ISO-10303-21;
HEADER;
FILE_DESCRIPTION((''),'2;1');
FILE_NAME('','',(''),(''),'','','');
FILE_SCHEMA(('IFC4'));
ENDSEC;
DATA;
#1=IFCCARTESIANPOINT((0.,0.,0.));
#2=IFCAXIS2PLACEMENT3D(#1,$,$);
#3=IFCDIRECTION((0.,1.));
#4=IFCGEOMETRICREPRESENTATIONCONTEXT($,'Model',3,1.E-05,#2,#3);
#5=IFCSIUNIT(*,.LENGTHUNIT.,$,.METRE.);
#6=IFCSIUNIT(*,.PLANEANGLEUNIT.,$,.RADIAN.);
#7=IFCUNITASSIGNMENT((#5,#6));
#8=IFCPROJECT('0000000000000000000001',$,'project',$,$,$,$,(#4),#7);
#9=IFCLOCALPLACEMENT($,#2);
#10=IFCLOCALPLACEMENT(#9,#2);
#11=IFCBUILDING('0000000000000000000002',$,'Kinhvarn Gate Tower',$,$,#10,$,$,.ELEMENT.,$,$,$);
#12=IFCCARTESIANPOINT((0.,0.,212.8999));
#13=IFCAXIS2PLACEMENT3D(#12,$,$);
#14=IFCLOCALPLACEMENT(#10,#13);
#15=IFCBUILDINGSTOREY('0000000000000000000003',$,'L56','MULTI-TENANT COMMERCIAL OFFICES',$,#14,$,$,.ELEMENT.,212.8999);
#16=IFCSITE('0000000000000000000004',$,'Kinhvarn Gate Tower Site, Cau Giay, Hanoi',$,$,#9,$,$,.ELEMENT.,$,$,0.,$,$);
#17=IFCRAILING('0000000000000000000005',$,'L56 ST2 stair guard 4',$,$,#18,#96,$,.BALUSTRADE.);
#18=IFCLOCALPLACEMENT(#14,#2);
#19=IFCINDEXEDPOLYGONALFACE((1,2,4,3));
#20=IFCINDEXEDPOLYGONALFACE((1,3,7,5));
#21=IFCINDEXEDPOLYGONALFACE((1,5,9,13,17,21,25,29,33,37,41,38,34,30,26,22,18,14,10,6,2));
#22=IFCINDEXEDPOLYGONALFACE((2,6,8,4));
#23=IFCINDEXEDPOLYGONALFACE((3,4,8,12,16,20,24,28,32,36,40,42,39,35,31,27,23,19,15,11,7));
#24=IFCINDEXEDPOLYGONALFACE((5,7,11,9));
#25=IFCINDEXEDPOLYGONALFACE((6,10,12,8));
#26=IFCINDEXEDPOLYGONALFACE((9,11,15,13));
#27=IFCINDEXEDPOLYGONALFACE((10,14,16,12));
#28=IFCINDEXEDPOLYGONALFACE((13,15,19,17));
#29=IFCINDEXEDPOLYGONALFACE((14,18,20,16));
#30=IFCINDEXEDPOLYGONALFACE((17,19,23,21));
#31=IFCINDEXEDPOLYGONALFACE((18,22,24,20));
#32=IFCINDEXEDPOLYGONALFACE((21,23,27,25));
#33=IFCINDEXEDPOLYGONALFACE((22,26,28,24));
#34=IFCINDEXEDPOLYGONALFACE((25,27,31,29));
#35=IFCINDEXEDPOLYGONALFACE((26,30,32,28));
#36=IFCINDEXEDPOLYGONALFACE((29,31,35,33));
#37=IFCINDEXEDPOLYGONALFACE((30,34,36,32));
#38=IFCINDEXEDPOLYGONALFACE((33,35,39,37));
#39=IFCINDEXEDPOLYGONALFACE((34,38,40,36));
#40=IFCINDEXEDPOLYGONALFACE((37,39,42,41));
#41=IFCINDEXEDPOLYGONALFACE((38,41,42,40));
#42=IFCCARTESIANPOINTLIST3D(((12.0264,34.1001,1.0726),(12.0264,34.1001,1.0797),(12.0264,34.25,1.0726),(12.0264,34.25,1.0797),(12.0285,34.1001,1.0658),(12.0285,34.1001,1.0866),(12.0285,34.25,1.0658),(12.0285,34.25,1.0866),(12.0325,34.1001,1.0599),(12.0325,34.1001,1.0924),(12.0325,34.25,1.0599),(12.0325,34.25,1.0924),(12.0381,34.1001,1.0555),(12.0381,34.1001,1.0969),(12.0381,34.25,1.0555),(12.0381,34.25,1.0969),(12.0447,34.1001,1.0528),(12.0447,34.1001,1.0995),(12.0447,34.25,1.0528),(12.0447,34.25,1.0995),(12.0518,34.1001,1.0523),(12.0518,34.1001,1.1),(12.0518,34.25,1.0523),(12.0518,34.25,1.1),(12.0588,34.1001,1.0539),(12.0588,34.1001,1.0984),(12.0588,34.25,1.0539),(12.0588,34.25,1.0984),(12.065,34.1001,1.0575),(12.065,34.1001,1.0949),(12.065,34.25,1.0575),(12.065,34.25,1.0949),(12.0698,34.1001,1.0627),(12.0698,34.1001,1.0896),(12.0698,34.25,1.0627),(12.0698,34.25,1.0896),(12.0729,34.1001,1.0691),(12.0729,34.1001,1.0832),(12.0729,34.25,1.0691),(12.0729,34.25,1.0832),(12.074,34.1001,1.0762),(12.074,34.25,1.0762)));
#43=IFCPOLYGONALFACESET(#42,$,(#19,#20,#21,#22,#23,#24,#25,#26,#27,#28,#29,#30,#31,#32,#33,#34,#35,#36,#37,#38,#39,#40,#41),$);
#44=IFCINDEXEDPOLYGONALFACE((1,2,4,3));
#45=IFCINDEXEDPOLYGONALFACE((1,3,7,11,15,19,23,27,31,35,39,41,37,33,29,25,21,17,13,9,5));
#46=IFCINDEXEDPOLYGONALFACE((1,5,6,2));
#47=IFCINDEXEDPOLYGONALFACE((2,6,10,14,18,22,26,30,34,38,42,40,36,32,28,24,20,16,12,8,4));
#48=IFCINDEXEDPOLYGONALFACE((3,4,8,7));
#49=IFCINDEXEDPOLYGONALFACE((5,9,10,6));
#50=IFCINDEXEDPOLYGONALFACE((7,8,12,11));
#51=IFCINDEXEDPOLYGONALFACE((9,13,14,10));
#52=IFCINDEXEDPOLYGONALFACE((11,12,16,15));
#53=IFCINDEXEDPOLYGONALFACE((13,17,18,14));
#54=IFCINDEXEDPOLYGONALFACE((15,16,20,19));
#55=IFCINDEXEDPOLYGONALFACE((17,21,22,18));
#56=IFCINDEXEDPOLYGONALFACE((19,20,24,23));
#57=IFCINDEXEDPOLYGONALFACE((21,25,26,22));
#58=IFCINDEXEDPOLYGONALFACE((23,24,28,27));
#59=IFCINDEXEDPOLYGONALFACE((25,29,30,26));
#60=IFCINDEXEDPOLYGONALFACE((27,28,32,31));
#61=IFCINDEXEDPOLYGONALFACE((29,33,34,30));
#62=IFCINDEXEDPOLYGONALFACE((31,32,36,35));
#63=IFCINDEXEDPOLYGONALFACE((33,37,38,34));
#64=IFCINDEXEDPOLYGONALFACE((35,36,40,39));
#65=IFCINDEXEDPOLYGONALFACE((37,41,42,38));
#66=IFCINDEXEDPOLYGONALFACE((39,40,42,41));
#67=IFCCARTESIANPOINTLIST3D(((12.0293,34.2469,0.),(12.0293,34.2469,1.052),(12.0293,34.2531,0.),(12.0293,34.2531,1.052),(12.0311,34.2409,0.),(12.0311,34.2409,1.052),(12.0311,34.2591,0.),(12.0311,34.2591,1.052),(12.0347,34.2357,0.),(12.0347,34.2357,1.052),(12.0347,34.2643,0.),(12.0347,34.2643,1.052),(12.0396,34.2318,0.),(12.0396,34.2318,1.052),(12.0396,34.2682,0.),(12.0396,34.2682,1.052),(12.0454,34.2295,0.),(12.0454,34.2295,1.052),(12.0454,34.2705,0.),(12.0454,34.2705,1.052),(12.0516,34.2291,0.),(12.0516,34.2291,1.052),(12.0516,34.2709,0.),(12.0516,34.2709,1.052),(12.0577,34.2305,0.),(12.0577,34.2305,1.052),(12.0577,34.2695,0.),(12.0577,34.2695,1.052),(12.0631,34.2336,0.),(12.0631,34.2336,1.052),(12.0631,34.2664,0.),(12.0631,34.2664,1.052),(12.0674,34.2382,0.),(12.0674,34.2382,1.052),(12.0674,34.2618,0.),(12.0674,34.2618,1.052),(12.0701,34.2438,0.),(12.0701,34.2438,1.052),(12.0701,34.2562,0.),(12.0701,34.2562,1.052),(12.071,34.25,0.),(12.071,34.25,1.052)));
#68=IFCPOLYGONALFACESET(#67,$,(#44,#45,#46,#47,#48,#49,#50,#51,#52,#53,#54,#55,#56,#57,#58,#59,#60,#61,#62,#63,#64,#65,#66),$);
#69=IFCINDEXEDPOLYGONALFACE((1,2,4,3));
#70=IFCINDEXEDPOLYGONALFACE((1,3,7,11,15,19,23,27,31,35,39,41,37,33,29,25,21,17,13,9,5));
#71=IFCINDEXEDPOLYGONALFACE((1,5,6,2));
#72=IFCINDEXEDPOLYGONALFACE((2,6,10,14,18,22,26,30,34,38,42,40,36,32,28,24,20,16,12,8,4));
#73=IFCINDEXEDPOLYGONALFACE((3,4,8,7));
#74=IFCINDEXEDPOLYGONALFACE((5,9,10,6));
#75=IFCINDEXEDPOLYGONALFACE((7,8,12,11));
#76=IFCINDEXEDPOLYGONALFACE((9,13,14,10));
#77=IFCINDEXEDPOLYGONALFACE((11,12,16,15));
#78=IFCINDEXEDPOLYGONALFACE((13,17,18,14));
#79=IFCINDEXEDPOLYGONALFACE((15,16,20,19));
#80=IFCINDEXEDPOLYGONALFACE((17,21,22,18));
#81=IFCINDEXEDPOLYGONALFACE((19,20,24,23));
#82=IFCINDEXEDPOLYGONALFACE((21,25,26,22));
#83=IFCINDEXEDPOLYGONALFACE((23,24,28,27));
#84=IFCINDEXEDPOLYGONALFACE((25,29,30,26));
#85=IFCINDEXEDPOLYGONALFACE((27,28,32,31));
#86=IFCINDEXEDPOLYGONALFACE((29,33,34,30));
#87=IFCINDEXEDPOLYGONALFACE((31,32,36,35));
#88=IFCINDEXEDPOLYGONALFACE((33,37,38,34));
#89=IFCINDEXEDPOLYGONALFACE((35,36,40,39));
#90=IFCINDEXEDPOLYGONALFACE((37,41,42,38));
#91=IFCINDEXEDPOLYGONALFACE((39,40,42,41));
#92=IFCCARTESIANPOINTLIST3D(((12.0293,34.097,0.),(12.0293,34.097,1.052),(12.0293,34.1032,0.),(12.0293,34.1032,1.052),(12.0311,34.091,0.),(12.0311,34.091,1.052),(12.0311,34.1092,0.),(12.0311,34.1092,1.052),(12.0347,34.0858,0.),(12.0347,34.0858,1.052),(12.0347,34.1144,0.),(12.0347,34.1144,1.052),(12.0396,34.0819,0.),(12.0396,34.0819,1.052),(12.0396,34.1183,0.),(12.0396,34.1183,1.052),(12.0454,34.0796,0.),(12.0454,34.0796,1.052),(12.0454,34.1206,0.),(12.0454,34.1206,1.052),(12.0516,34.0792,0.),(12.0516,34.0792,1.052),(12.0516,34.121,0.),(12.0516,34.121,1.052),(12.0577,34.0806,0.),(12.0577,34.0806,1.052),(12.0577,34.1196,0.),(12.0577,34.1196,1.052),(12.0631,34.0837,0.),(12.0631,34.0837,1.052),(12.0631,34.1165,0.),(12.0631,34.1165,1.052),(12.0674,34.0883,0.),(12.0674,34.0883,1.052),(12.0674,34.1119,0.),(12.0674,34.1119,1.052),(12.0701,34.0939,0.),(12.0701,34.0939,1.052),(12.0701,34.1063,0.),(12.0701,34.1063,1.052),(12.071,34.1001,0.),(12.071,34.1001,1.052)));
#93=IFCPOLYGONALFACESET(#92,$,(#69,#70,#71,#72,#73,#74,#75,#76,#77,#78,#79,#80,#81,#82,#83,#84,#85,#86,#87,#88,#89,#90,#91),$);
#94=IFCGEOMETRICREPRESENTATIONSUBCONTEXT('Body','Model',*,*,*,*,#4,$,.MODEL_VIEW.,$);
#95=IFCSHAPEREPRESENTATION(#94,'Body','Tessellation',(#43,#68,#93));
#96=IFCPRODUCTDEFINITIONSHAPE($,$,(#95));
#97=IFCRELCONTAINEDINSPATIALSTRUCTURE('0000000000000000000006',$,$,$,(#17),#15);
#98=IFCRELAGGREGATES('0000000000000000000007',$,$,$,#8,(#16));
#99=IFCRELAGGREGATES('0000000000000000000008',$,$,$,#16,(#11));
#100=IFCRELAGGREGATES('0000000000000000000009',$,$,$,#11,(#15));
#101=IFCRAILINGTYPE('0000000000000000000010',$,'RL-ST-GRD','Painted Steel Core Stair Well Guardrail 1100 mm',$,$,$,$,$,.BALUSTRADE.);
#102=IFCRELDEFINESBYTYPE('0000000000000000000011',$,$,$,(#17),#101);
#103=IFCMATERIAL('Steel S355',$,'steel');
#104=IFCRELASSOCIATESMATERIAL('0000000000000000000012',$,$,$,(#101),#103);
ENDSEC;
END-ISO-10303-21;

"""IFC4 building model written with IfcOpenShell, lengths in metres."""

from ifc_helpers import new_model, si_unit, direction, frame, origin, origin_2d, place, context, subcontext, project, spatial, circle, extrude, material, type_object, element, save


model = new_model("IFC4")

# Units and contexts
model_context = context("Model", 3, precision=1e-05, world=origin(), true_north=direction((0.0, 1.0)))
body_context = subcontext(model_context, "Body", "Model", "MODEL_VIEW")
ifc_project = project(units=[si_unit("LENGTHUNIT", "METRE"), si_unit("PLANEANGLEUNIT", "RADIAN")], contexts=[model_context])

# Site, building, storey
site_placement = place(None, origin())
site = spatial("IfcSite", under=ifc_project, at=site_placement, Name="Kinhvarn Gate Tower Site, Cau Giay, Hanoi", CompositionType="ELEMENT", RefElevation=0.0)
building_placement = place(site_placement, origin())
building = spatial("IfcBuilding", under=site, at=building_placement, Name="Kinhvarn Gate Tower", CompositionType="ELEMENT")
storey_placement = place(building_placement, frame((0.0, 0.0, 212.8999)))
storey = spatial("IfcBuildingStorey", under=building, at=storey_placement, Name="L56", Description="MULTI-TENANT COMMERCIAL OFFICES", CompositionType="ELEMENT", Elevation=212.8999)

# Railing
ifc_material_1 = material(Name="Steel S355", Category="steel")
railing_type_1 = type_object("IfcRailingType", Name="RL-ST-GRD", Description="Painted Steel Core Stair Well Guardrail 1100 mm", PredefinedType="BALUSTRADE", material=ifc_material_1)
railing_1_placement = place(storey_placement, frame((12.05, 34.25, 0.0)))
element("IfcRailing", 1, at=railing_1_placement, inside=storey, type_object=railing_type_1, Name="L56 ST2 stair guard 4", PredefinedType="BALUSTRADE", context=body_context, shape_type="SweptSolid", body=[
    extrude(circle(Radius=0.0239, at=origin_2d()), frame((0.0, 0.0, 1.0762), z_axis=(0.0, -1.0, 0.0), x_axis=(1.0, 0.0, 0.0)), (0.0, 0.0, 1.0), 0.1499),
    extrude(circle(Radius=0.021, at=origin_2d()), origin(), (0.0, 0.0, 1.0), 1.052),
    extrude(circle(Radius=0.021, at=origin_2d()), frame((0.0, -0.1499, 0.0)), (0.0, 0.0, 1.0), 1.052),
])

save(model, "model.ifc")
